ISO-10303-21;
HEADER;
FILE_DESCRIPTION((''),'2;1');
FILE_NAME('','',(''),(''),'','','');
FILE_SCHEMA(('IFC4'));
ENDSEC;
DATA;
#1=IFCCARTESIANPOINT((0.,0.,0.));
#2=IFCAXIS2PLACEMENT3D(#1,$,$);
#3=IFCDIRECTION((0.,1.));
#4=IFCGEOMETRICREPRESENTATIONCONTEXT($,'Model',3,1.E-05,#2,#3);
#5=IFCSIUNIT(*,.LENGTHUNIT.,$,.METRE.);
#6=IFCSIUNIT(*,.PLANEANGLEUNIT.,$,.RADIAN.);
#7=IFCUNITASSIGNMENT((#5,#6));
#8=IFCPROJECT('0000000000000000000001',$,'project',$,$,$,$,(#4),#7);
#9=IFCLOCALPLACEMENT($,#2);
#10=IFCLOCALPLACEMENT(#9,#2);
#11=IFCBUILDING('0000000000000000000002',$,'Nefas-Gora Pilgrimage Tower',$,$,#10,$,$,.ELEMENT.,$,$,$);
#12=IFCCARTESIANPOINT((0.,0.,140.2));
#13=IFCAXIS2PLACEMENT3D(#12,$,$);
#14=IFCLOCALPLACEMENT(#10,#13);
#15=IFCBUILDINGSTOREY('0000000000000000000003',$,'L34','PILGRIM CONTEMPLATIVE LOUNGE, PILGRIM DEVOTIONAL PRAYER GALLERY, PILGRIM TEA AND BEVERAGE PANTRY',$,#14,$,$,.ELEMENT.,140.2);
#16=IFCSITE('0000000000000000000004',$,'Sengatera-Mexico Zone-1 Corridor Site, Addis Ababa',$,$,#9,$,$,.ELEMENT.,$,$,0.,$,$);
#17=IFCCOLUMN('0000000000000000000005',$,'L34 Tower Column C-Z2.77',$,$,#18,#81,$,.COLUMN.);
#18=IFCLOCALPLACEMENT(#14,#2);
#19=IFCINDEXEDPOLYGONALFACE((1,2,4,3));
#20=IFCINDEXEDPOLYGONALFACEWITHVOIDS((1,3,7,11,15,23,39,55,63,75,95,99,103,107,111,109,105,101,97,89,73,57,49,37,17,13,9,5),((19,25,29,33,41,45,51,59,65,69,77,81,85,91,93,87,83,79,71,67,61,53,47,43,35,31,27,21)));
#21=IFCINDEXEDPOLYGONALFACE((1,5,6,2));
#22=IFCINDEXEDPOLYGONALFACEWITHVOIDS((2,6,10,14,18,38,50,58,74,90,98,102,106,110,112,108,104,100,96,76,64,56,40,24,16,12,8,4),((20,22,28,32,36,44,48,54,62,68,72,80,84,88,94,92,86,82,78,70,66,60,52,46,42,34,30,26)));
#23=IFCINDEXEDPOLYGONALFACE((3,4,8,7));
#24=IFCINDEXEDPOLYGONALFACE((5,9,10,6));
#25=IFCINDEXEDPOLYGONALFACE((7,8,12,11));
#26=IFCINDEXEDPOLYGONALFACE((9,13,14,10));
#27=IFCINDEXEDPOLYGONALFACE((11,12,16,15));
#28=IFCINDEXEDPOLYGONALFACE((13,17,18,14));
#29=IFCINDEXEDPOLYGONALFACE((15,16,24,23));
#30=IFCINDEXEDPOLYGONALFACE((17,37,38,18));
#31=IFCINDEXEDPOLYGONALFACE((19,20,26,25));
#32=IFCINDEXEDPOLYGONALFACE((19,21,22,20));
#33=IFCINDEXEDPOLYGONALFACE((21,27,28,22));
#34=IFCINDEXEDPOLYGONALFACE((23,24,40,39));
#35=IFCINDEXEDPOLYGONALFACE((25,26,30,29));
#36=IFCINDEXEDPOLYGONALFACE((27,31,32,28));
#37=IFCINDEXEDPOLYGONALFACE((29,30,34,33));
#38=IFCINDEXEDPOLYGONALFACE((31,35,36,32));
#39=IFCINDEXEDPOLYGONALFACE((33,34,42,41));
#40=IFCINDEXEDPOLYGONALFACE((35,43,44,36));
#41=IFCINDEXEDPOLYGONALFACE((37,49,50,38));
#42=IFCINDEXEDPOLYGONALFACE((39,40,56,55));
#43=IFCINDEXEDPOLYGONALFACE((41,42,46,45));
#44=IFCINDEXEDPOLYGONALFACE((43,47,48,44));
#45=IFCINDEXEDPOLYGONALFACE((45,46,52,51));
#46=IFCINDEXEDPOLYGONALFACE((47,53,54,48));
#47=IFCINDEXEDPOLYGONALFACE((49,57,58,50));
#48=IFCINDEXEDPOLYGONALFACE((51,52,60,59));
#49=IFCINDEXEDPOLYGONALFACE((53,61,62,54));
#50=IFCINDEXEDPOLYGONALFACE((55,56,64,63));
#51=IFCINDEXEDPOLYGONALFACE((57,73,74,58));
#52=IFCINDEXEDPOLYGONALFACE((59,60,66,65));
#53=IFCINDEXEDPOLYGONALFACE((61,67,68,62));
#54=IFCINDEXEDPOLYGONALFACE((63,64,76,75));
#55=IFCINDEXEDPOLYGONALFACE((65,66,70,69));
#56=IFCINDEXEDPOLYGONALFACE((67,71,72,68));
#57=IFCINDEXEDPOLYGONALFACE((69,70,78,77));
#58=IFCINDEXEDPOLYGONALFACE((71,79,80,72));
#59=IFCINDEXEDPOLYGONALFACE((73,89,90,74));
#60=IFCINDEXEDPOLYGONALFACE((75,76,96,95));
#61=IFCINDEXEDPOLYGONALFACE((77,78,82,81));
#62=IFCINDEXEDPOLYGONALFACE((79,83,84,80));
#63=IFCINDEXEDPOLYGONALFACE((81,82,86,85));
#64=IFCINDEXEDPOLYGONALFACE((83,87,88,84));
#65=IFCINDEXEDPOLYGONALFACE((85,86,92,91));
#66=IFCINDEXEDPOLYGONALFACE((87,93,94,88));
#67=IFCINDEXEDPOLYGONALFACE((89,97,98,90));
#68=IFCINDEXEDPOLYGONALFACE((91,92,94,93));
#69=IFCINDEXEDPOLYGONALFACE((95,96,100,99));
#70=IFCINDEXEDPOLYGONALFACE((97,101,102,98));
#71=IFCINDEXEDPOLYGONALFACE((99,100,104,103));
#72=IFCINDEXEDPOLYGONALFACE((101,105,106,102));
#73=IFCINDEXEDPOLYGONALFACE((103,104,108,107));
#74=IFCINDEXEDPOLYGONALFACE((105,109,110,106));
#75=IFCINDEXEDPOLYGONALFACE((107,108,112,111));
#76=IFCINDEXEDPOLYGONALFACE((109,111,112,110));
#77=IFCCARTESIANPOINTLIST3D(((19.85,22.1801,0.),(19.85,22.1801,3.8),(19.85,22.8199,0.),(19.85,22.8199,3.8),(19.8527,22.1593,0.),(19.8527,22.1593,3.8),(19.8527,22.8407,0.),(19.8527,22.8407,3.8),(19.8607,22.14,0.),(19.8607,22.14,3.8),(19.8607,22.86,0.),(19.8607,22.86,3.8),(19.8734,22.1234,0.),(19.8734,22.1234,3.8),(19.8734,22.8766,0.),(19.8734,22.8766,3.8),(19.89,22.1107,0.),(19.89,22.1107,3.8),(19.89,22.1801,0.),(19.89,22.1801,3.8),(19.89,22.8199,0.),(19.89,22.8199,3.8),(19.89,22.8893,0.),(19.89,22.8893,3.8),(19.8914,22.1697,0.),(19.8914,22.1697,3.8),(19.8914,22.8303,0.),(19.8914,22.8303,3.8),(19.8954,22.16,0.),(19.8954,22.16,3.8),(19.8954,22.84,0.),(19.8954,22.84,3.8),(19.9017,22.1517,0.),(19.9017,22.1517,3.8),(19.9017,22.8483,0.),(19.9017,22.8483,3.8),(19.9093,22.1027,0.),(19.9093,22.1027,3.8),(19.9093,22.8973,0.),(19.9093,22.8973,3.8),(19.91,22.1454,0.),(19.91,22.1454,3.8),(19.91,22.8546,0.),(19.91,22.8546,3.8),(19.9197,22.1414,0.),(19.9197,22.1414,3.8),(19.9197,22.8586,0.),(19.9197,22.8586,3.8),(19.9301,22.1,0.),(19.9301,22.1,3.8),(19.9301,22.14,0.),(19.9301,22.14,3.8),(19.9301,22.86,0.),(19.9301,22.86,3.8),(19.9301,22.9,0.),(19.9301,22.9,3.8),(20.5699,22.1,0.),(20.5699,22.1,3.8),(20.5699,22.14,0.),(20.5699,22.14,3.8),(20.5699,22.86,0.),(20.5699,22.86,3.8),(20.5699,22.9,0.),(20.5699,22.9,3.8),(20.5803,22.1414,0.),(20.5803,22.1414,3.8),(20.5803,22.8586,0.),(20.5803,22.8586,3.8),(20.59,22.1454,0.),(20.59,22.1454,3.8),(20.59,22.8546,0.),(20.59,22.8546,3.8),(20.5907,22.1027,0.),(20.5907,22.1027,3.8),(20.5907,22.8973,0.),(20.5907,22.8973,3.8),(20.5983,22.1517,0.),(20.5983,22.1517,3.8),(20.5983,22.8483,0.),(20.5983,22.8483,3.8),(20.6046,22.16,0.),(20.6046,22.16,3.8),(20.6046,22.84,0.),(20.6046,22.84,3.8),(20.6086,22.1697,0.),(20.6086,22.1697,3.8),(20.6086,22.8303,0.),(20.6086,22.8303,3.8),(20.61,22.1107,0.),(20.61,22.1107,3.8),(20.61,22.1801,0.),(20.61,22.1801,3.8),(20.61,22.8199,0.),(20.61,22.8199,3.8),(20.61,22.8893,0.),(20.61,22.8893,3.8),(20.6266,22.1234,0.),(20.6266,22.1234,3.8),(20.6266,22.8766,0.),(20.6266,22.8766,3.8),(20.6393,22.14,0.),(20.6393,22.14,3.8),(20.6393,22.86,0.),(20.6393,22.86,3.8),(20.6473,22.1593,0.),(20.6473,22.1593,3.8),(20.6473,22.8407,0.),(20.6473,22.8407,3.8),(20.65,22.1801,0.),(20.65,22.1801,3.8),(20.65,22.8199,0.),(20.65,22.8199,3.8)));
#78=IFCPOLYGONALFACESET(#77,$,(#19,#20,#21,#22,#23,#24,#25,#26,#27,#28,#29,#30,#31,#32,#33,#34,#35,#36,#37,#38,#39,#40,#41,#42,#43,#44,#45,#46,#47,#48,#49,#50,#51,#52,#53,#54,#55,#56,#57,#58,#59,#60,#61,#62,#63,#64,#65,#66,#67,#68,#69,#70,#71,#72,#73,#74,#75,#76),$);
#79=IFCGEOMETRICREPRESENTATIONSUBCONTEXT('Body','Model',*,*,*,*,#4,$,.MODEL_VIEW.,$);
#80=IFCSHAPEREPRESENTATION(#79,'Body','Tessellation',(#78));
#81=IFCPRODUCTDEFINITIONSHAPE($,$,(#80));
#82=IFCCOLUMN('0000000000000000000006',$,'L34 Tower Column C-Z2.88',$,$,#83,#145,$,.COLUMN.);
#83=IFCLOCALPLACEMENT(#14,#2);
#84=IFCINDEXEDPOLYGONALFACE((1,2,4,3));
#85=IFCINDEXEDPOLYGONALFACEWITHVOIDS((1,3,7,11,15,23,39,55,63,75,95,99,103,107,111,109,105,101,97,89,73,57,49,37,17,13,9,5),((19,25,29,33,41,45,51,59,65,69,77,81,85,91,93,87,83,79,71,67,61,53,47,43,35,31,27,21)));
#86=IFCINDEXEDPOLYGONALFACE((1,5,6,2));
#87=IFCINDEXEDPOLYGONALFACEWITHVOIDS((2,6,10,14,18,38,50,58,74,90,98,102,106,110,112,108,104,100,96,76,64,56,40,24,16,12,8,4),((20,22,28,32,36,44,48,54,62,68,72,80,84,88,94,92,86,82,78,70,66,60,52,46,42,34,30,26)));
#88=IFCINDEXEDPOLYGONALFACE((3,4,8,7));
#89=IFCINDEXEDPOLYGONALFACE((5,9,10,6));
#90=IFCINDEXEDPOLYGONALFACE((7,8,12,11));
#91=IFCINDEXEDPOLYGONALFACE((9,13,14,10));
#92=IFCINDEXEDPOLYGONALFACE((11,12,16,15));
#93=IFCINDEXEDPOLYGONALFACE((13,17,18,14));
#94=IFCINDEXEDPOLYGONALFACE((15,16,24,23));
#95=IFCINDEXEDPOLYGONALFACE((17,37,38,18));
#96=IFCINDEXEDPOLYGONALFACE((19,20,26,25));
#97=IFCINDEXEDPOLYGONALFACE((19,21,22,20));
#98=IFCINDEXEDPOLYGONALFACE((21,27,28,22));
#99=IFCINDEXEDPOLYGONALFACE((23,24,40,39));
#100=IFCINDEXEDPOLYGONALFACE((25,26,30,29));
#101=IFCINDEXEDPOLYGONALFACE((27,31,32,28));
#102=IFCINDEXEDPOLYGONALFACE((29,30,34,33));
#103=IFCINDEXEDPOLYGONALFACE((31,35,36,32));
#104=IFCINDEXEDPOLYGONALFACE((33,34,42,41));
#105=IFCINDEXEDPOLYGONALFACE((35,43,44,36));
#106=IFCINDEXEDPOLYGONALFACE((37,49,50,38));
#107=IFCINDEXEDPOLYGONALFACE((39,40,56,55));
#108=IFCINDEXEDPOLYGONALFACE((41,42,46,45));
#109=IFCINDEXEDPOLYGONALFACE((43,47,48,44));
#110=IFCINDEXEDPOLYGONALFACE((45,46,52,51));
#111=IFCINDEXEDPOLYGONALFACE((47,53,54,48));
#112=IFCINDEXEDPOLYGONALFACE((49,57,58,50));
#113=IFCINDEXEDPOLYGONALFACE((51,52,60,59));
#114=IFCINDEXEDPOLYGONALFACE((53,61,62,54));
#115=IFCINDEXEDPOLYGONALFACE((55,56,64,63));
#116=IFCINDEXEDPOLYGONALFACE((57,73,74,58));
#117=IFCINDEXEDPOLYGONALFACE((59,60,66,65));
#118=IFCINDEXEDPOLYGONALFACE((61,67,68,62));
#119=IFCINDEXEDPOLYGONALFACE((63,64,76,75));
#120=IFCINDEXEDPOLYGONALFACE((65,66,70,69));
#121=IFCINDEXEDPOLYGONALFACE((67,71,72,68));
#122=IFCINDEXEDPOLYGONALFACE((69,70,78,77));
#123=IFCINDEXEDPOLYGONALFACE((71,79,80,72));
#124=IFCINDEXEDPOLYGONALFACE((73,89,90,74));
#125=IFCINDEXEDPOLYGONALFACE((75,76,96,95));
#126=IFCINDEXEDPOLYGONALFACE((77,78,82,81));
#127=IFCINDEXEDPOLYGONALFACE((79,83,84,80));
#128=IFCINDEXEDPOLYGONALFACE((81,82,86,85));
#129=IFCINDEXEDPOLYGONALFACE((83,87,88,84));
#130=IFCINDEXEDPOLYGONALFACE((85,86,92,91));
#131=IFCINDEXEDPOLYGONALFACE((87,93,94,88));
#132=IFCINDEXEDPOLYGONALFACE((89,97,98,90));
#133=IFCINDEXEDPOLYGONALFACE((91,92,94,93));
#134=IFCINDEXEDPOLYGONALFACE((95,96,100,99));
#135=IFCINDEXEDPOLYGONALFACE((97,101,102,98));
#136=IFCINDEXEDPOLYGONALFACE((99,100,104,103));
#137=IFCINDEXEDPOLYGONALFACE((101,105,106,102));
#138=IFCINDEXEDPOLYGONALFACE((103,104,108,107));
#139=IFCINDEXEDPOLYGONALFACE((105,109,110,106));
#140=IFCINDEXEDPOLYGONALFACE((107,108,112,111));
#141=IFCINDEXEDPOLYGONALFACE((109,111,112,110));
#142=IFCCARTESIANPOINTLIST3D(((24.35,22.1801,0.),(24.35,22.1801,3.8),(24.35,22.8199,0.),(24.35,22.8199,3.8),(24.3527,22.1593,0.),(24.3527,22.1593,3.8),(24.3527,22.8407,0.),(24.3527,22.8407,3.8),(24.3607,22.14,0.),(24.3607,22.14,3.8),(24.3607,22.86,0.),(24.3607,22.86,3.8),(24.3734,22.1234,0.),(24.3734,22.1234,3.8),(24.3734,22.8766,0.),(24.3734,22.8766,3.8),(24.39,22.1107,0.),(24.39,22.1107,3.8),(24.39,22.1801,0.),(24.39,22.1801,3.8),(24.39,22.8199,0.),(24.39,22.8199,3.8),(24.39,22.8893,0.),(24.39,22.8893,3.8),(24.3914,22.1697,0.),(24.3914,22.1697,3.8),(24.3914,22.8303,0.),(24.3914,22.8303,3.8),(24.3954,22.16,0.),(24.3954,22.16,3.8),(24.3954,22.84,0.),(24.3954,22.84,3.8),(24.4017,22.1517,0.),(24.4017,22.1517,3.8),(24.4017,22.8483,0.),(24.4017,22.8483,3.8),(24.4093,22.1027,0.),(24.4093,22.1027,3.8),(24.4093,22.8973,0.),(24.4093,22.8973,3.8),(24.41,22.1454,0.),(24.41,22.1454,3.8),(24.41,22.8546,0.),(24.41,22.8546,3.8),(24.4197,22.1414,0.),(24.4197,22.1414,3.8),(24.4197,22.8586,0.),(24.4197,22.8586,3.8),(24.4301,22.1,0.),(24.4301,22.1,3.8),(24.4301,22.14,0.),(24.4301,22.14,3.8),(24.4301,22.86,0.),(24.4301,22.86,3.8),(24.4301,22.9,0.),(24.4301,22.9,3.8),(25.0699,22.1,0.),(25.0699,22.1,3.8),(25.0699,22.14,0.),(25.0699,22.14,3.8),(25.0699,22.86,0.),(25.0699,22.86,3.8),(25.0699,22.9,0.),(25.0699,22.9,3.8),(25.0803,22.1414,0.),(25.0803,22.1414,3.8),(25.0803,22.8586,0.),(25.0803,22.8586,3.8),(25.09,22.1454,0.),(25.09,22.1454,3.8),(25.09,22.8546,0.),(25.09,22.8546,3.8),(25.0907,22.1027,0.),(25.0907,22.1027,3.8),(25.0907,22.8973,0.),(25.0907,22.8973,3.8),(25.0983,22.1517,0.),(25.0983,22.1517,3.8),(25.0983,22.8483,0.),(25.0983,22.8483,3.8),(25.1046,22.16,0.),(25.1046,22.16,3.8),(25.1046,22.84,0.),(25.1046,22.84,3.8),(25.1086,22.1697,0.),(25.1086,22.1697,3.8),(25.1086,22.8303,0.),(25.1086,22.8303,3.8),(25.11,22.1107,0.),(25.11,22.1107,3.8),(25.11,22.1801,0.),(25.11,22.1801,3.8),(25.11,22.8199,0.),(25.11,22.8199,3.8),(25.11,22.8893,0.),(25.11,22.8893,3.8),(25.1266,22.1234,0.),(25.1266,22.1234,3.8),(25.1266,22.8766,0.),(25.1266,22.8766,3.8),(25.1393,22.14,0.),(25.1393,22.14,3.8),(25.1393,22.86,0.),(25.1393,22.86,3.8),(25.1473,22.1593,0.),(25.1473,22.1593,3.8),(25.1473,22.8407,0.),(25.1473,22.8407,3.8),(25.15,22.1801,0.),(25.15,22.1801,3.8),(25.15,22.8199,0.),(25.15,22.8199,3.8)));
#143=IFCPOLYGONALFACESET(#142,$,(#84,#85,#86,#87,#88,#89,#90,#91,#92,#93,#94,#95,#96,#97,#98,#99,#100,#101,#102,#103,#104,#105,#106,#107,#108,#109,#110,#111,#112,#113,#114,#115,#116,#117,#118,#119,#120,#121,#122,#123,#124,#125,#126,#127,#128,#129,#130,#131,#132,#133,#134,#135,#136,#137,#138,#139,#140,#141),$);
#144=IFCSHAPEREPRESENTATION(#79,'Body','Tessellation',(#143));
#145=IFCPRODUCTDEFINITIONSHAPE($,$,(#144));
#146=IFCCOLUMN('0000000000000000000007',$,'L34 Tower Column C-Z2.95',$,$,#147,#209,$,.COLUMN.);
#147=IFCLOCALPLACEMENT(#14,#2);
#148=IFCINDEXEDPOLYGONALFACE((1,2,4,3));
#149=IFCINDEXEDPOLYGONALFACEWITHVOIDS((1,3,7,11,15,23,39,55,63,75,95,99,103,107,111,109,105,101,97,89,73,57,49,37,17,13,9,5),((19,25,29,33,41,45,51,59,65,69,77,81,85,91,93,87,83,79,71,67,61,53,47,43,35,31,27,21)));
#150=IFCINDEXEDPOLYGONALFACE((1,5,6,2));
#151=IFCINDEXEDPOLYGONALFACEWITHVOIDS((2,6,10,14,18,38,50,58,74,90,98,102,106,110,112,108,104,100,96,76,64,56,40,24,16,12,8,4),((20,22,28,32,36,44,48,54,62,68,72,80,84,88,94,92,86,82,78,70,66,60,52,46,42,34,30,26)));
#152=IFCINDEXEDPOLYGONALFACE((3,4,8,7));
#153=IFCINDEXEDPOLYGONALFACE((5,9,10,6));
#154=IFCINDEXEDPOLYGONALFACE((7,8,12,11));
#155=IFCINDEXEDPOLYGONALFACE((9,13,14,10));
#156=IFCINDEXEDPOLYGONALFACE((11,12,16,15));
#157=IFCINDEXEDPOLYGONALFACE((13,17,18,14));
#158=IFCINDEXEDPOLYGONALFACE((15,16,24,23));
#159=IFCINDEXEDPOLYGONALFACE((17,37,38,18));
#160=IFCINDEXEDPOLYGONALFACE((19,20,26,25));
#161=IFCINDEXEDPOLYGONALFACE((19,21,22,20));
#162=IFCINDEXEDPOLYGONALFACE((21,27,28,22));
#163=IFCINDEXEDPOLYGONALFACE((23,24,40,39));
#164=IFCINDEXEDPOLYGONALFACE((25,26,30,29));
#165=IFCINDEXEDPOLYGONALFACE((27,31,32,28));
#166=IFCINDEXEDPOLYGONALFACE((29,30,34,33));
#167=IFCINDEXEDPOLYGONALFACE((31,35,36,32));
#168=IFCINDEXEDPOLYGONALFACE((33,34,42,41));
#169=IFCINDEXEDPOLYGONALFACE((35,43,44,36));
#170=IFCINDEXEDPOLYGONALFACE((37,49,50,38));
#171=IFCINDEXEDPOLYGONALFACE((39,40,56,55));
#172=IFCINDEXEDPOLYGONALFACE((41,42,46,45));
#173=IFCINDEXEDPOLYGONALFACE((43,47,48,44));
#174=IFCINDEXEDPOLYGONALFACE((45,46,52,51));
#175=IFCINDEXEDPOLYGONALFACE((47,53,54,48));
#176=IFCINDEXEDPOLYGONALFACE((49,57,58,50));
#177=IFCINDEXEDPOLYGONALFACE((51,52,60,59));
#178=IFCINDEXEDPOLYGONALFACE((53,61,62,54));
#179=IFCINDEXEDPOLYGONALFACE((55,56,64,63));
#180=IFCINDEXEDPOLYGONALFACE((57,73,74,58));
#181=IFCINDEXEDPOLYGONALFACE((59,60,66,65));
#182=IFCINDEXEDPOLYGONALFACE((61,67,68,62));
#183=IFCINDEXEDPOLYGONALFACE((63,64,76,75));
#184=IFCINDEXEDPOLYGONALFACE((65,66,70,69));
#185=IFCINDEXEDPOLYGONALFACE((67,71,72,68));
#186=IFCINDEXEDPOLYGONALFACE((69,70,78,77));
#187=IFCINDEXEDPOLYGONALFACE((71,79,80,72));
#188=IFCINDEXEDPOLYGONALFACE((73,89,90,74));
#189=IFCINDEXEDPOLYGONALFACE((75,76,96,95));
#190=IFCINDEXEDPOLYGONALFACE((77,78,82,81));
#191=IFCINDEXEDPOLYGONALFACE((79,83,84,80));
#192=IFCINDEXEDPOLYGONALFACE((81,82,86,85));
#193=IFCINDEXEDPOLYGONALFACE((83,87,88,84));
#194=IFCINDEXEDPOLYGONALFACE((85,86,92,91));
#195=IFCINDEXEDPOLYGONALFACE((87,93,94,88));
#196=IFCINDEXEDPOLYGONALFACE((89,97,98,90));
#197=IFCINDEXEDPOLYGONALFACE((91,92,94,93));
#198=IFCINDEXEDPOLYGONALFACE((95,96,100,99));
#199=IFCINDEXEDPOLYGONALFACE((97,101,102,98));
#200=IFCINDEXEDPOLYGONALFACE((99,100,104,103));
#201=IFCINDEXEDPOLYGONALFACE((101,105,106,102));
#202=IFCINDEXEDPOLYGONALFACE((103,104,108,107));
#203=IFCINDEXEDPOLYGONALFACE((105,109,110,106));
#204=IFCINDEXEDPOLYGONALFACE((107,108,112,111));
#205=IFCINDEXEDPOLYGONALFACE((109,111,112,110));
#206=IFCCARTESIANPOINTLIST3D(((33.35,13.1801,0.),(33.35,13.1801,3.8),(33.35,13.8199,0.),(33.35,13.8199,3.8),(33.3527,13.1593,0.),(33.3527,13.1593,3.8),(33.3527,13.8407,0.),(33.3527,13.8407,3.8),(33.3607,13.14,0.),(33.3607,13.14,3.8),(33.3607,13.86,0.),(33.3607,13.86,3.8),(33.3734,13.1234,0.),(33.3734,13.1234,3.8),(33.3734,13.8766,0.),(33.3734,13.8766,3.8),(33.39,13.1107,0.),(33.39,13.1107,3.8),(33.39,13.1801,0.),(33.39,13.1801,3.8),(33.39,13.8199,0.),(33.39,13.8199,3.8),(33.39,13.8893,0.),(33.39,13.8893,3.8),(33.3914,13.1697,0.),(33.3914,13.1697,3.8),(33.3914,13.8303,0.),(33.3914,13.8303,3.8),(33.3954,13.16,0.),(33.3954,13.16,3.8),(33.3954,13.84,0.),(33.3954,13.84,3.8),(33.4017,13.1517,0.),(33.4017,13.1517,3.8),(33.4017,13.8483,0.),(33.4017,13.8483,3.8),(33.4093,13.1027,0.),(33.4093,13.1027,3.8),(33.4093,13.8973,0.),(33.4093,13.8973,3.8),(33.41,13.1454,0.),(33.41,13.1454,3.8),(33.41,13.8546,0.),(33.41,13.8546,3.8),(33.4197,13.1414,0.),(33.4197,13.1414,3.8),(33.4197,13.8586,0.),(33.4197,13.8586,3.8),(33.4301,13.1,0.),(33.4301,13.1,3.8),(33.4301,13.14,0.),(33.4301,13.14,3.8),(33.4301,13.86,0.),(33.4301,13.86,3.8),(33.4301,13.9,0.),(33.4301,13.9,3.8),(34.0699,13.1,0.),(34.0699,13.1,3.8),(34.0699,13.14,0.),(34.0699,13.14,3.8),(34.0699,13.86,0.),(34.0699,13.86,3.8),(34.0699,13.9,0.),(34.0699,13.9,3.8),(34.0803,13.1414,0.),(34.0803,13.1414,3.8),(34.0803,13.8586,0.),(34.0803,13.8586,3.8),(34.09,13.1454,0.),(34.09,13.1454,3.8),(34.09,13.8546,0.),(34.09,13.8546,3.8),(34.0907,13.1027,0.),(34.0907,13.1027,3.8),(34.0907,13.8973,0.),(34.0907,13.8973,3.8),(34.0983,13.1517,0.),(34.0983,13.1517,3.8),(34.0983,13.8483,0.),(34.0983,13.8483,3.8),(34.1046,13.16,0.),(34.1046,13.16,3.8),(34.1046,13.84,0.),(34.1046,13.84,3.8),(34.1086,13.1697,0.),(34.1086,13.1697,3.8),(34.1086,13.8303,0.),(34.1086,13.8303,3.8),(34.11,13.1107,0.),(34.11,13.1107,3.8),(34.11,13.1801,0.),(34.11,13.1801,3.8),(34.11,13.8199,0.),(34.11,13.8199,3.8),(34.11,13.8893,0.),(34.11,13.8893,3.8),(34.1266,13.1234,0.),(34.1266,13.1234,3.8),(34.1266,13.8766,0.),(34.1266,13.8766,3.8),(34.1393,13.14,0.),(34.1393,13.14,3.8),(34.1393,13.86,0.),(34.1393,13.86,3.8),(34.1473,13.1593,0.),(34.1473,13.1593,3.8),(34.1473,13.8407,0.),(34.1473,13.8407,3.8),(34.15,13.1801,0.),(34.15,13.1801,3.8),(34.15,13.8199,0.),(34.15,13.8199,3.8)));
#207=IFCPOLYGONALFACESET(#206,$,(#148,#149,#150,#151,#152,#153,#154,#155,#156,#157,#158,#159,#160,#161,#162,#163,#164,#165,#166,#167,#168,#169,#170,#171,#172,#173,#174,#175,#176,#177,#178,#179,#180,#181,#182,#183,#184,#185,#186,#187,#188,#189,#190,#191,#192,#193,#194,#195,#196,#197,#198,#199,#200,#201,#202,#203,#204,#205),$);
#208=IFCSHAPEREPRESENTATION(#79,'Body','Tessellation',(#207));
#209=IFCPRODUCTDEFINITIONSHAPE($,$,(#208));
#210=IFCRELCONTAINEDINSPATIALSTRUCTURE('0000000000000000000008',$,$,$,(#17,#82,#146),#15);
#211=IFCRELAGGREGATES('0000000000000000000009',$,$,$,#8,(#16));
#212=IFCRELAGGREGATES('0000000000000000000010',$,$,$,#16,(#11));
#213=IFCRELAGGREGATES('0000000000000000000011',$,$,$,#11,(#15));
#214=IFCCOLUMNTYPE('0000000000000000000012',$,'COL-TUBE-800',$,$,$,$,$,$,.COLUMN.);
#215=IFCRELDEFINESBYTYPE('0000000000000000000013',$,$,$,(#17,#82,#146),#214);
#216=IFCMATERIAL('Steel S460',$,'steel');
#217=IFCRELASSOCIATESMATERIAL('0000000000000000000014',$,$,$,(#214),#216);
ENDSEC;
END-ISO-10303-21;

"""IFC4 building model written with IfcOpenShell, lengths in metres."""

from ifc_helpers import new_model, si_unit, direction, frame, origin, origin_2d, place, context, subcontext, project, spatial, hollow_rectangle, extrude, source, transform, mapped, material, material_profile, profile_set, type_object, element, save


model = new_model("IFC4")

# Units and contexts
model_context = context("Model", 3, precision=1e-05, world=origin(), true_north=direction((0.0, 1.0)))
body_context = subcontext(model_context, "Body", "Model", "MODEL_VIEW")
ifc_project = project(units=[si_unit("LENGTHUNIT", "METRE"), si_unit("PLANEANGLEUNIT", "RADIAN")], contexts=[model_context])

# Site, building, storey
site_placement = place(None, origin())
site = spatial("IfcSite", under=ifc_project, at=site_placement, Name="Sengatera-Mexico Zone-1 Corridor Site, Addis Ababa", CompositionType="ELEMENT", RefElevation=0.0)
building_placement = place(site_placement, origin())
building = spatial("IfcBuilding", under=site, at=building_placement, Name="Nefas-Gora Pilgrimage Tower", CompositionType="ELEMENT")
storey_placement = place(building_placement, frame((0.0, 0.0, 140.2)))
storey = spatial("IfcBuildingStorey", under=building, at=storey_placement, Name="L34", Description="PILGRIM CONTEMPLATIVE LOUNGE, PILGRIM DEVOTIONAL PRAYER GALLERY, PILGRIM TEA AND BEVERAGE PANTRY", CompositionType="ELEMENT", Elevation=140.2)

# Columns
ifc_material_1 = material(Name="Steel S460", Category="steel")
ifc_material_profile_1 = material_profile(ifc_material_1, hollow_rectangle(XDim=0.8, YDim=0.8, WallThickness=0.04, InnerFilletRadius=0.04, OuterFilletRadius=0.0801, at=origin_2d()), Name="BOX 800x800x40")
ifc_profile_set_1 = profile_set([ifc_material_profile_1], Name="Steel S460")
column_type_1 = type_object("IfcColumnType", Name="COL-TUBE-800", PredefinedType="COLUMN", material=ifc_profile_set_1)
shared_shape_1 = source(origin(), body_context, "Body", "SweptSolid", [
    extrude(hollow_rectangle(XDim=0.8, YDim=0.8, WallThickness=0.04, InnerFilletRadius=0.04, OuterFilletRadius=0.0801, at=origin_2d()), origin(), (0.0, 0.0, 1.0), 3.8),
])
for number, where, z_axis, x_axis, name in (
    (1, (20.25, 22.5, 0.0), (0.0, 0.0, 1.0), (1.0, 0.0, 0.0), "L34 Tower Column C-Z2.77"),
    (2, (24.75, 22.5, 0.0), (0.0, 0.0, 1.0), (1.0, 0.0, 0.0), "L34 Tower Column C-Z2.88"),
    (3, (33.75, 13.5, 0.0), (0.0, 0.0, 1.0), (1.0, 0.0, 0.0), "L34 Tower Column C-Z2.95"),
):
    element("IfcColumn", number, at=place(storey_placement, frame(where, z_axis=z_axis, x_axis=x_axis)), inside=storey, type_object=column_type_1, Name=name, PredefinedType="COLUMN", context=body_context, shape_type="MappedRepresentation", body=[
        mapped(shared_shape_1, transform((0.0, 0.0, 0.0), x_axis=(1.0, 0.0, 0.0), y_axis=(0.0, 1.0, 0.0), z_axis=(0.0, 0.0, 1.0), scale=1.0)),
    ])

save(model, "model.ifc")
